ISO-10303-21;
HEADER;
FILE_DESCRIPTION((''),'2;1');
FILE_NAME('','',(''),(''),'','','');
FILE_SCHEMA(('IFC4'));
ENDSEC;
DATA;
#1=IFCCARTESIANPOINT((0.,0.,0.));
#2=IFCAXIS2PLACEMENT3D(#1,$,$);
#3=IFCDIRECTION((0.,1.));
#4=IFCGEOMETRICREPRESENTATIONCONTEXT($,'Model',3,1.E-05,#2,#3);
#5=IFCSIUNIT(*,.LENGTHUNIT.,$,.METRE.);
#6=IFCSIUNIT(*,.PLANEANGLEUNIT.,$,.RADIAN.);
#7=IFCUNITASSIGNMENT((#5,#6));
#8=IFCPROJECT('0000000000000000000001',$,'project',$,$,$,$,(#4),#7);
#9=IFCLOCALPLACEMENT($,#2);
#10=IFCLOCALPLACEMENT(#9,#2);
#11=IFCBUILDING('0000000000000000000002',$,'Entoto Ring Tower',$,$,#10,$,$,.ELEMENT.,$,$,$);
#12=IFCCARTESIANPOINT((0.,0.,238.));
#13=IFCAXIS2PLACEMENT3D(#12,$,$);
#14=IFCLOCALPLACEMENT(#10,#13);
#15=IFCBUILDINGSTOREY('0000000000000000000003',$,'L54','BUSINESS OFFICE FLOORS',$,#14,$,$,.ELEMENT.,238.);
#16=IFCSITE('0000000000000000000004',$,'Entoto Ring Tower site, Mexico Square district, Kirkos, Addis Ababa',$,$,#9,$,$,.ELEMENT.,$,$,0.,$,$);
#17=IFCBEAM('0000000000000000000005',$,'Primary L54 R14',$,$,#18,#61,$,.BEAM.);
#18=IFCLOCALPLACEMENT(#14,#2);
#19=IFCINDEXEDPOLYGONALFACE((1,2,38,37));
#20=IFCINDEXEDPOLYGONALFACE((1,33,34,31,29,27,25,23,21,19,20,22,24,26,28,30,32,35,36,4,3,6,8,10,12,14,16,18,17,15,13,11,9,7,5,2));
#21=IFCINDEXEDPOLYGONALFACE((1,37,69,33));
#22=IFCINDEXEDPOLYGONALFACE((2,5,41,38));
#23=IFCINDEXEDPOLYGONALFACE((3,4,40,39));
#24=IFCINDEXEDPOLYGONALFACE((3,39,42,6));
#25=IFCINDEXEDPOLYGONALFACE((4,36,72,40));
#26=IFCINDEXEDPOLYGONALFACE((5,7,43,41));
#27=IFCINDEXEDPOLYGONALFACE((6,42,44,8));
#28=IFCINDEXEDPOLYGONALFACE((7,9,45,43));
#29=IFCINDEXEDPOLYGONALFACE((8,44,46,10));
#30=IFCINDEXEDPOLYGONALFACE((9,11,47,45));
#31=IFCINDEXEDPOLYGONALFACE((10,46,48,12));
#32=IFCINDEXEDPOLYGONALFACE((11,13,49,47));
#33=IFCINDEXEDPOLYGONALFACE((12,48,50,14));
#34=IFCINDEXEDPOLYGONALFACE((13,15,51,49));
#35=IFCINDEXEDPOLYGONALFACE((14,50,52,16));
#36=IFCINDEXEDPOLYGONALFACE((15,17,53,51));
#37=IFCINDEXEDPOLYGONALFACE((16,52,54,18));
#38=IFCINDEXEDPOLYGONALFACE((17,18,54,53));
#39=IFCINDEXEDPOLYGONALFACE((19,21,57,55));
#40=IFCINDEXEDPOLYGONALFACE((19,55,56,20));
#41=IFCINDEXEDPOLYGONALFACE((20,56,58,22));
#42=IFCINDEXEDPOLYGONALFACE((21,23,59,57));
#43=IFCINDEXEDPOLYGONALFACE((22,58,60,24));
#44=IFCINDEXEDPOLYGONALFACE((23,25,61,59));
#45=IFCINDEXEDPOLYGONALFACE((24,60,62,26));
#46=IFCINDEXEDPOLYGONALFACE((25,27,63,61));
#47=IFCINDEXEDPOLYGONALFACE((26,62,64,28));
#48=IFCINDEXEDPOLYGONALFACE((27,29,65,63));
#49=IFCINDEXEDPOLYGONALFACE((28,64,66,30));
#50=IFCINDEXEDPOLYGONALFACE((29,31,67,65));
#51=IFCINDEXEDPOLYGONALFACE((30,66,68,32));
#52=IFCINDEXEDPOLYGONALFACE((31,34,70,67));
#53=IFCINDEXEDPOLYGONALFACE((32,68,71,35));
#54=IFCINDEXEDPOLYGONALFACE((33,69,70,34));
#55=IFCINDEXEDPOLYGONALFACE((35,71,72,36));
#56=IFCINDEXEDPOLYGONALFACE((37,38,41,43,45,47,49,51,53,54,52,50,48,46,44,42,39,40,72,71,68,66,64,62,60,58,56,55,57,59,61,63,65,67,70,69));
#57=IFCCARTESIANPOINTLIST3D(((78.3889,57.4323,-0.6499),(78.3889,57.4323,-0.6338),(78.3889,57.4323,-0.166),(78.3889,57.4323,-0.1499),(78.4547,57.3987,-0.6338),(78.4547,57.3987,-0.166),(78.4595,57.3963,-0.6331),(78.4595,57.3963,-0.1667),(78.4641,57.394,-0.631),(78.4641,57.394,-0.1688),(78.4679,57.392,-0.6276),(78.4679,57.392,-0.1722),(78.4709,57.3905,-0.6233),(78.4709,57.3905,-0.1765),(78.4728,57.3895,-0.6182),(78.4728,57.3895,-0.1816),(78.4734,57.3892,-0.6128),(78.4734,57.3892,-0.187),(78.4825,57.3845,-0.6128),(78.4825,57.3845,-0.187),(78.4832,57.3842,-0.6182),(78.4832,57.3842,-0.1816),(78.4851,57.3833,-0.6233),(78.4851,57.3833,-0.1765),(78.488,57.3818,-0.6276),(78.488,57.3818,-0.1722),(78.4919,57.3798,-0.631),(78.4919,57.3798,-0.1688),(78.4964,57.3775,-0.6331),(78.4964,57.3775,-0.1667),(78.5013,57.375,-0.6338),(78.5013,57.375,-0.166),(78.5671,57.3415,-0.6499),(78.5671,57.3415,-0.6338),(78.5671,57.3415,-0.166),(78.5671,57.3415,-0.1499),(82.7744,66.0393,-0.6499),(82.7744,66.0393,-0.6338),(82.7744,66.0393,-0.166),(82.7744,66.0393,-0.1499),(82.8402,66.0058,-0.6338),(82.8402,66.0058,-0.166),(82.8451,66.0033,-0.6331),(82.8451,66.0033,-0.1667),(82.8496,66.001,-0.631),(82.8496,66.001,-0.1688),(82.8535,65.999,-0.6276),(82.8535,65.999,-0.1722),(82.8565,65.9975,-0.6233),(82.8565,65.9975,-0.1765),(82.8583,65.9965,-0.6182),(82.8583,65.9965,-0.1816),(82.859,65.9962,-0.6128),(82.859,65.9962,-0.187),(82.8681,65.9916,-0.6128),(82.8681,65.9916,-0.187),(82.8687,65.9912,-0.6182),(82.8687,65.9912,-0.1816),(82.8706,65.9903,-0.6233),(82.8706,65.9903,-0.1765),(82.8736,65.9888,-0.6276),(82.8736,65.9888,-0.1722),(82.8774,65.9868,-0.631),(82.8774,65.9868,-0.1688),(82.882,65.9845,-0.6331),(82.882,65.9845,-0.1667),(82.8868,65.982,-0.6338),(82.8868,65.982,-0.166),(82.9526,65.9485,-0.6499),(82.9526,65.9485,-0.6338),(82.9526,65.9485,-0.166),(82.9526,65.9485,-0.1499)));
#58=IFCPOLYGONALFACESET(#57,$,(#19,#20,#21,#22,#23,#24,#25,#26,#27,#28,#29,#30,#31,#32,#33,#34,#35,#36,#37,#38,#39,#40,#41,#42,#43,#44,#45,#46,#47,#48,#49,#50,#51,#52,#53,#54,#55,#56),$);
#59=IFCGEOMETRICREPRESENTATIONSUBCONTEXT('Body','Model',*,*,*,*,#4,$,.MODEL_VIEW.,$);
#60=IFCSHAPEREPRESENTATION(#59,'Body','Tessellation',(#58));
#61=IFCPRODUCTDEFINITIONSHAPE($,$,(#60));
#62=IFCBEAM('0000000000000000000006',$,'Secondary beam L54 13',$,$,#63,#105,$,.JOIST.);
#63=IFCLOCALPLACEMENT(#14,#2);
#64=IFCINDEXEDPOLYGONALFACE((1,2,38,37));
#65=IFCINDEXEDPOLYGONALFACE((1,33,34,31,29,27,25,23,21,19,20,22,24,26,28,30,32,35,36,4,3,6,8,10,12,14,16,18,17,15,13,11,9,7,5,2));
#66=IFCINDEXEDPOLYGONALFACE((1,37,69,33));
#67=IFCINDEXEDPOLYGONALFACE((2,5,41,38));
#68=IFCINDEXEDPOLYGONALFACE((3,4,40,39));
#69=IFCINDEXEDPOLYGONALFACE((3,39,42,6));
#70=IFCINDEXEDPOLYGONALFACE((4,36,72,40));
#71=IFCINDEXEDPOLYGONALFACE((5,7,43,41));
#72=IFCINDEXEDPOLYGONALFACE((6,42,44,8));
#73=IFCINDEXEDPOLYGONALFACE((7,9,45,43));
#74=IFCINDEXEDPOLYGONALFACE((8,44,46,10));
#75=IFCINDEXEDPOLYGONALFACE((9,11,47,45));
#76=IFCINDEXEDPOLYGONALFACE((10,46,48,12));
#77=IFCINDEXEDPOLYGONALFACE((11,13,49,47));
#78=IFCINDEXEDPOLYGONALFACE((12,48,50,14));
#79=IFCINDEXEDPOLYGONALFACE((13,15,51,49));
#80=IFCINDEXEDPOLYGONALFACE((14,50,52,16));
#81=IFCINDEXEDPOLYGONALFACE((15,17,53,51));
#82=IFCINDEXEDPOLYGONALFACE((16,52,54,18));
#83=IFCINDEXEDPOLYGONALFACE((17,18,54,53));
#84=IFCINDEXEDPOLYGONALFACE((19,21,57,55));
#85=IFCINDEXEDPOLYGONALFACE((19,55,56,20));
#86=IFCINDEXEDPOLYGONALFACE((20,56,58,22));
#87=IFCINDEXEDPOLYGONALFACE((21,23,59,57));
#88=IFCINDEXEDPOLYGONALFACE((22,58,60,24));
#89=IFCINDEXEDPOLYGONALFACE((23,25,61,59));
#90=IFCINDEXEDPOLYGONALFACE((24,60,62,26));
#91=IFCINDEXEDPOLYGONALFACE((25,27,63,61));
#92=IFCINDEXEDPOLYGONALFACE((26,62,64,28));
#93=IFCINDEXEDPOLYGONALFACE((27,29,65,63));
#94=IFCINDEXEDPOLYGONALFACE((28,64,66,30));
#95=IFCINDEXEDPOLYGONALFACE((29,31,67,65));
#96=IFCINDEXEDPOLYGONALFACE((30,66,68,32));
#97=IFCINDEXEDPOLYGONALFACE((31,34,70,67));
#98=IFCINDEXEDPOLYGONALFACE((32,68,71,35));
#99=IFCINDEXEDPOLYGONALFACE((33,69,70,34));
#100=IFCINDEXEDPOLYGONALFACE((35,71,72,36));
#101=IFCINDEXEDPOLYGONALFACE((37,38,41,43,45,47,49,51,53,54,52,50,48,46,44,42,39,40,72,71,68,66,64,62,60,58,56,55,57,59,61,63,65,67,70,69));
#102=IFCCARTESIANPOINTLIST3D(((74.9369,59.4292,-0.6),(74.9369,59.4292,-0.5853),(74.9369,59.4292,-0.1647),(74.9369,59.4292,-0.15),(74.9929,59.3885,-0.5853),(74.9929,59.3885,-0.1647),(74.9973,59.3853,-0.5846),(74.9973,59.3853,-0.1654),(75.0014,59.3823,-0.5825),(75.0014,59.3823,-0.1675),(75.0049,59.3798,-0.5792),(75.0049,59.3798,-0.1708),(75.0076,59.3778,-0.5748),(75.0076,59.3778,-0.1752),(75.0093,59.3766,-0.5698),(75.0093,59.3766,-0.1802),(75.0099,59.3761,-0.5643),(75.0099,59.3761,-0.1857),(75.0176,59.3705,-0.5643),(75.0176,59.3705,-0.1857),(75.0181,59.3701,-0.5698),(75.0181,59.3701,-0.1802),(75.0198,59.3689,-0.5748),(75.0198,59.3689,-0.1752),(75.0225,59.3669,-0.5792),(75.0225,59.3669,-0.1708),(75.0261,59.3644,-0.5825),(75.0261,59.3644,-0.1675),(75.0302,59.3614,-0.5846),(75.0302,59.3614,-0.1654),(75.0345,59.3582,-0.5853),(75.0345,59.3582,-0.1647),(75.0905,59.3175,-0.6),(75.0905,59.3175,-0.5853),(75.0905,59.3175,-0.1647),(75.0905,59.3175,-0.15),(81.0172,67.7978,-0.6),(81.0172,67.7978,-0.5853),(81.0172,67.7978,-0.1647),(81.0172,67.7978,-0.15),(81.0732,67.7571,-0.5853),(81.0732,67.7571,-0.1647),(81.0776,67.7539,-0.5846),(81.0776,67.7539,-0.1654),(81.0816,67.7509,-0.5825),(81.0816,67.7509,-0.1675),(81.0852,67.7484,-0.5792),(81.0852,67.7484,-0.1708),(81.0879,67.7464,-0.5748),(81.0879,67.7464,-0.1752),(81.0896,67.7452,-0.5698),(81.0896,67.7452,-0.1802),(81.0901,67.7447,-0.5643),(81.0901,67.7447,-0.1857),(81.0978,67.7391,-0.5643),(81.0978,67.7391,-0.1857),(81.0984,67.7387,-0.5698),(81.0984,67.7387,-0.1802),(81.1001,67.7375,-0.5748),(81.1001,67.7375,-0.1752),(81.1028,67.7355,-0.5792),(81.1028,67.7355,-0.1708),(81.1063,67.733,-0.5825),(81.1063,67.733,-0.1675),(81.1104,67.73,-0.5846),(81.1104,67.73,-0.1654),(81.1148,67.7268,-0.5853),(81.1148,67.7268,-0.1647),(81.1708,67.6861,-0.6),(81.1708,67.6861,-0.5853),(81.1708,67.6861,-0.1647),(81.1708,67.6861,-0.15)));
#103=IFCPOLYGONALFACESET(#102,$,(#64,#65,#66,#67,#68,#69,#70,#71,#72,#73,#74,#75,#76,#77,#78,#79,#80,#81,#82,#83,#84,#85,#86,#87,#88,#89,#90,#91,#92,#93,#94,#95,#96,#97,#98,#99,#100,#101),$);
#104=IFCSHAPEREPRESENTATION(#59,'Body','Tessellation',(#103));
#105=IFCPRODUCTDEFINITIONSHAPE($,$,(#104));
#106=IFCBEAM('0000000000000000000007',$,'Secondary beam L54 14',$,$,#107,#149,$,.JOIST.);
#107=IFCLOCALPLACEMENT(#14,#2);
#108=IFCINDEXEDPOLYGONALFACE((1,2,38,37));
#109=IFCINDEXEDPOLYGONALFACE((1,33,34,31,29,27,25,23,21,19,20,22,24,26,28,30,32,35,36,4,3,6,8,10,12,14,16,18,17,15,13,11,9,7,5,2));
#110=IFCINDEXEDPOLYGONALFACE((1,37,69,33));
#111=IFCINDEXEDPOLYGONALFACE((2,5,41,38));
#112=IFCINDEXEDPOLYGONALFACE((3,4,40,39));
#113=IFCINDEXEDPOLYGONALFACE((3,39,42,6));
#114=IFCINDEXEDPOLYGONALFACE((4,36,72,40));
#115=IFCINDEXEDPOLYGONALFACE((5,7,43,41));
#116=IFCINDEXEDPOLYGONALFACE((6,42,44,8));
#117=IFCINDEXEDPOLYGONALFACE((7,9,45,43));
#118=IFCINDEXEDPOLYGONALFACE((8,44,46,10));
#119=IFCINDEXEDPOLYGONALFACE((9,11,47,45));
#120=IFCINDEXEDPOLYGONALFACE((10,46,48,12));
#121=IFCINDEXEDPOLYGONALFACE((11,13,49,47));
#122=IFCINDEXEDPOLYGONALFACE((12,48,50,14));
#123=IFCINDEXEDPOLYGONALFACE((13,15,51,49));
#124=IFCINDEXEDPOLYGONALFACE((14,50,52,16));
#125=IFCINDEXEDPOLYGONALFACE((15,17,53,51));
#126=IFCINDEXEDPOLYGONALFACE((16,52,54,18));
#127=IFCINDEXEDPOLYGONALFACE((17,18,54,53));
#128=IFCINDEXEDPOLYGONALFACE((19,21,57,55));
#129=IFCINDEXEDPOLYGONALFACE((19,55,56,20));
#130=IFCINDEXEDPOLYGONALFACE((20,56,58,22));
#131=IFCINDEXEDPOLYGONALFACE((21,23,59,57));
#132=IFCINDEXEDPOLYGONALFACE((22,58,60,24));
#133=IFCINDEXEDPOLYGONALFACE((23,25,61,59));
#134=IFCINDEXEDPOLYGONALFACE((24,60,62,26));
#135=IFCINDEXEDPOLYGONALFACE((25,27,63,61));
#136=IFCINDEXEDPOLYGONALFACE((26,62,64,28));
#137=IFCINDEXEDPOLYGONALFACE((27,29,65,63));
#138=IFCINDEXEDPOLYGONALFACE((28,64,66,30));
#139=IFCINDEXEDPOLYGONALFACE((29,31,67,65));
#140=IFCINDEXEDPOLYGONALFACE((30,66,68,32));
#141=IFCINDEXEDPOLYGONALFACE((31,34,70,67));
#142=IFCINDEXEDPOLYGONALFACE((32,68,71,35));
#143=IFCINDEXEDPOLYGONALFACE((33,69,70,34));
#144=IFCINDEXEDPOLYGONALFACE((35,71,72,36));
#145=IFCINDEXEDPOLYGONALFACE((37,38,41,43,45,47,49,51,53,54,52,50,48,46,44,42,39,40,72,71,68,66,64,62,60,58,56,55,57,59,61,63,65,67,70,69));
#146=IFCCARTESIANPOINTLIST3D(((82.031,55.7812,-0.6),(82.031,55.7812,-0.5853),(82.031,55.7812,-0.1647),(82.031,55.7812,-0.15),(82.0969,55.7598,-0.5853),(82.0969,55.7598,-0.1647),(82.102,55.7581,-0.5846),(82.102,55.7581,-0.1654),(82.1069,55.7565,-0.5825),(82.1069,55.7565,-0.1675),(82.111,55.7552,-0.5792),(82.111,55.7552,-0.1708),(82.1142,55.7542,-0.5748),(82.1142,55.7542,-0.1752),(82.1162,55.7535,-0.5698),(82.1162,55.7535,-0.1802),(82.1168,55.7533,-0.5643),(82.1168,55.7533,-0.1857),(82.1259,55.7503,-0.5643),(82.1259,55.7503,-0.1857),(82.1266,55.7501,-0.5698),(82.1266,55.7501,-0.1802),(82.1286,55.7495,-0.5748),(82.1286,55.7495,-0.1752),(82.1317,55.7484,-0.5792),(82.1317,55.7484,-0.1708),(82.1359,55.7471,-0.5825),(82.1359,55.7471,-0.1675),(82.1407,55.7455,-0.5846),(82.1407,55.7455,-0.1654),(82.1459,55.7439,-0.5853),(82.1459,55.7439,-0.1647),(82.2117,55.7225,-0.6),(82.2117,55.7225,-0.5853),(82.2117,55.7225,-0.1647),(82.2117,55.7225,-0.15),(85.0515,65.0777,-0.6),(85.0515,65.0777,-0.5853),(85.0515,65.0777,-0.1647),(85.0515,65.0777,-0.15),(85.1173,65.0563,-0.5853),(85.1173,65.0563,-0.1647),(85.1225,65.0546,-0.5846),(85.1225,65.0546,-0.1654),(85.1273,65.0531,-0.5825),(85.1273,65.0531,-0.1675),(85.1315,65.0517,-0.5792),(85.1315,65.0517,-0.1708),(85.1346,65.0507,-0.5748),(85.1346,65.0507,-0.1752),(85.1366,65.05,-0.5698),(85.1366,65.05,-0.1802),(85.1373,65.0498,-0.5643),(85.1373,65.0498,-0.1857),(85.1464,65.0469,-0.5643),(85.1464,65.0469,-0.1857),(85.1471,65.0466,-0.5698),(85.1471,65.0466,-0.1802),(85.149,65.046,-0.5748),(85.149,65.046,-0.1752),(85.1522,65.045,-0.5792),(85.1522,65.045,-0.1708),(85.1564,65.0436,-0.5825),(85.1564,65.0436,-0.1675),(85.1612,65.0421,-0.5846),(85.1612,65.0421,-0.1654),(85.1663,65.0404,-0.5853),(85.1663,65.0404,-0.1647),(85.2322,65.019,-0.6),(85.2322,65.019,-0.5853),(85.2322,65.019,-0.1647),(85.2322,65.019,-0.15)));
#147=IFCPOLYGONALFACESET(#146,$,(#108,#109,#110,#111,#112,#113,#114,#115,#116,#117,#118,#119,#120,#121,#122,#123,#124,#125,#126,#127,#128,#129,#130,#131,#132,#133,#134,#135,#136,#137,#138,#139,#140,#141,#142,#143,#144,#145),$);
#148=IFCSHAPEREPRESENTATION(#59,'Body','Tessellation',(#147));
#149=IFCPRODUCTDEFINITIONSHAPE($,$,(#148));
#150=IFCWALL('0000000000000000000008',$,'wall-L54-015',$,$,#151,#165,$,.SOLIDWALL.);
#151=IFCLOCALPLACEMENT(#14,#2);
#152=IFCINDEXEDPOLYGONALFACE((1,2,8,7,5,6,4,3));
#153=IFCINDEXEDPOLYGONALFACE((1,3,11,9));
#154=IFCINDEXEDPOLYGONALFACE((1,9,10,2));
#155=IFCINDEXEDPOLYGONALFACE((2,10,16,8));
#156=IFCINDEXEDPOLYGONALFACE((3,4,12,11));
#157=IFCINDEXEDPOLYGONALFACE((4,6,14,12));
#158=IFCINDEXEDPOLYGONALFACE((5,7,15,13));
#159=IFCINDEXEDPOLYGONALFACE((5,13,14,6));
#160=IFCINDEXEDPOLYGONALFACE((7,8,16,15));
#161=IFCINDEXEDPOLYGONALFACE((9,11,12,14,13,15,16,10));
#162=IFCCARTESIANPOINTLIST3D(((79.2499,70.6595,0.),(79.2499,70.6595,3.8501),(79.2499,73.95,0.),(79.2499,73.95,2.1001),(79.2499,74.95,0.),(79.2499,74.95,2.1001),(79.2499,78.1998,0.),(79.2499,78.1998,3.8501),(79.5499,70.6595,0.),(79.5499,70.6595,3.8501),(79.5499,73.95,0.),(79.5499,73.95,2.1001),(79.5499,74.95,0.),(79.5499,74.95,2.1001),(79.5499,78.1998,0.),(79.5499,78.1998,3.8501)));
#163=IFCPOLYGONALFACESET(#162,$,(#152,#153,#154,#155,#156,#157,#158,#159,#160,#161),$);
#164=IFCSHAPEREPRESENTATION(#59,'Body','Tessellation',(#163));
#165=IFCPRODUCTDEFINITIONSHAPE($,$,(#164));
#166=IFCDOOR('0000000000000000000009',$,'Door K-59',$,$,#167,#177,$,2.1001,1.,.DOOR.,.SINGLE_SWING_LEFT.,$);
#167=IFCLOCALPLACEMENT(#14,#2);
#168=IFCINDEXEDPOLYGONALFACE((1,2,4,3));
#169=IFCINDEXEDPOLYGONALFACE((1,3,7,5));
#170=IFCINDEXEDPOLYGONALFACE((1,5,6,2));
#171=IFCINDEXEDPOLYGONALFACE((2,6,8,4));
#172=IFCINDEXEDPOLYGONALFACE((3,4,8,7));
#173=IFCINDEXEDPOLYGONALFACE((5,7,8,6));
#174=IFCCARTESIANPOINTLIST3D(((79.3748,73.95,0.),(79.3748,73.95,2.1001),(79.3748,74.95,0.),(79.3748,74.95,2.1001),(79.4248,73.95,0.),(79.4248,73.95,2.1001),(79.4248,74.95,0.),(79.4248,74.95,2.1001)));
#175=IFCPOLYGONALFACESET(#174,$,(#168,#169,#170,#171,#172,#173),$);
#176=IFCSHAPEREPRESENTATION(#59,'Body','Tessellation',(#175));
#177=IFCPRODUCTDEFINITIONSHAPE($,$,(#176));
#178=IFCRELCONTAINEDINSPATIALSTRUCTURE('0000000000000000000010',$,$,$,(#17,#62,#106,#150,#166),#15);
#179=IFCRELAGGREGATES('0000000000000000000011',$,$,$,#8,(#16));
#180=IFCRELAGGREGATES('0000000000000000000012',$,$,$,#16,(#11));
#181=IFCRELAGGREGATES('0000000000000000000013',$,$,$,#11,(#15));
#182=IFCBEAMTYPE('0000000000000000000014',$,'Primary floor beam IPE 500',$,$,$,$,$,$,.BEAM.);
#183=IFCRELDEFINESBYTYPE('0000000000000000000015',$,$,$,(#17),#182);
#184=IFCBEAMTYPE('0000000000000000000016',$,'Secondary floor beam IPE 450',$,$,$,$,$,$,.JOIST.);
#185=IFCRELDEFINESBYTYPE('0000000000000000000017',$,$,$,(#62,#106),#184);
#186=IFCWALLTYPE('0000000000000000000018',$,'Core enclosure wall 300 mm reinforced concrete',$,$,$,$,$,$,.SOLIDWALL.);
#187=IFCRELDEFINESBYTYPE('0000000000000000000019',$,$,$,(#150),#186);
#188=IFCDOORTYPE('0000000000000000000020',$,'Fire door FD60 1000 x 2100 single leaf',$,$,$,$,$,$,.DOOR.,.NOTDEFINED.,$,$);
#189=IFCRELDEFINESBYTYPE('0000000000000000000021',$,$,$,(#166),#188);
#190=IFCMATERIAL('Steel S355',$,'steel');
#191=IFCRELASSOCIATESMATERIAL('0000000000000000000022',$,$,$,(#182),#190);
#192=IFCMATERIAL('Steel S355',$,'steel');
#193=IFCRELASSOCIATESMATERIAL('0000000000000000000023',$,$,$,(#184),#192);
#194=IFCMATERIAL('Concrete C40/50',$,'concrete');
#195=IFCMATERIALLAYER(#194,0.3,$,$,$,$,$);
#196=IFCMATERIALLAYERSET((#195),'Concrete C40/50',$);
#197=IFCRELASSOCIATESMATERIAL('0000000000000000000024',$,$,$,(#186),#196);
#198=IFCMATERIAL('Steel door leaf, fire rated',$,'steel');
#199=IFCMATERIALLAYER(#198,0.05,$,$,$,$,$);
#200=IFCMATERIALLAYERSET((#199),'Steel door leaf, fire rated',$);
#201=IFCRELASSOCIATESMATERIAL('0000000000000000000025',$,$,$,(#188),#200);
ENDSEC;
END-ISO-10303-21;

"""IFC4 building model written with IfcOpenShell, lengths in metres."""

from ifc_helpers import new_model, si_unit, direction, frame, frame_2d, origin, origin_2d, place, context, subcontext, project, spatial, rectangle, i_section, extrude, material, layer, layer_set, material_profile, profile_set, type_object, element, fill, save


model = new_model("IFC4")

# Units and contexts
model_context = context("Model", 3, precision=1e-05, world=origin(), true_north=direction((0.0, 1.0)))
body_context = subcontext(model_context, "Body", "Model", "MODEL_VIEW")
ifc_project = project(units=[si_unit("LENGTHUNIT", "METRE"), si_unit("PLANEANGLEUNIT", "RADIAN")], contexts=[model_context])

# Site, building, storey
site_placement = place(None, origin())
site = spatial("IfcSite", under=ifc_project, at=site_placement, Name="Entoto Ring Tower site, Mexico Square district, Kirkos, Addis Ababa", CompositionType="ELEMENT", RefElevation=0.0)
building_placement = place(site_placement, origin())
building = spatial("IfcBuilding", under=site, at=building_placement, Name="Entoto Ring Tower", CompositionType="ELEMENT")
storey_placement = place(building_placement, frame((0.0, 0.0, 238.0)))
storey = spatial("IfcBuildingStorey", under=building, at=storey_placement, Name="L54", Description="BUSINESS OFFICE FLOORS", CompositionType="ELEMENT", Elevation=238.0)

# Beams
ifc_material_1 = material(Name="Steel S355", Category="steel")
ifc_material_profile_1 = material_profile(ifc_material_1, i_section(OverallWidth=0.2, OverallDepth=0.5, WebThickness=0.0103, FlangeThickness=0.0161, FilletRadius=0.021, at=origin_2d()), Name="IPE 500")
ifc_profile_set_1 = profile_set([ifc_material_profile_1], Name="Steel S355")
beam_type_1 = type_object("IfcBeamType", Name="Primary floor beam IPE 500", PredefinedType="BEAM", material=ifc_profile_set_1)
beam_1_placement = place(storey_placement, frame((82.8635, 65.9939, -0.3999), z_axis=(-0.453994, -0.891005, 0.0), x_axis=(0.891005, -0.453994, 0.0)))
element("IfcBeam", 1, at=beam_1_placement, inside=storey, type_object=beam_type_1, Name="Primary L54 R14", PredefinedType="BEAM", context=body_context, shape_type="SweptSolid", body=[
    extrude(i_section(OverallWidth=0.2, OverallDepth=0.5, WebThickness=0.0103, FlangeThickness=0.0161, FilletRadius=0.021, at=origin_2d()), origin(), (0.0, 0.0, 1.0), 9.6599),
])
ifc_material_2 = material(Name="Steel S355", Category="steel")
ifc_material_profile_2 = material_profile(ifc_material_2, i_section(OverallWidth=0.1899, OverallDepth=0.45, WebThickness=0.0095, FlangeThickness=0.0146, FilletRadius=0.021, at=origin_2d()), Name="IPE 450")
ifc_profile_set_2 = profile_set([ifc_material_profile_2], Name="Steel S355")
beam_type_2 = type_object("IfcBeamType", Name="Secondary floor beam IPE 450", PredefinedType="JOIST", material=ifc_profile_set_2)
beam_2_placement = place(storey_placement, frame((81.094, 67.7419, -0.375), z_axis=(-0.587794, -0.809011, 0.0), x_axis=(0.809011, -0.587794, 0.0)))
element("IfcBeam", 2, at=beam_2_placement, inside=storey, type_object=beam_type_2, Name="Secondary beam L54 13", PredefinedType="JOIST", context=body_context, shape_type="SweptSolid", body=[
    extrude(i_section(OverallWidth=0.1899, OverallDepth=0.45, WebThickness=0.0095, FlangeThickness=0.0146, FilletRadius=0.021, at=origin_2d()), origin(), (0.0, 0.0, 1.0), 10.3442),
])
beam_3_placement = place(storey_placement, frame((85.1418, 65.0483, -0.375), z_axis=(-0.309003, -0.951061, 0.0), x_axis=(0.951061, -0.309003, 0.0)))
element("IfcBeam", 3, at=beam_3_placement, inside=storey, type_object=beam_type_2, Name="Secondary beam L54 14", PredefinedType="JOIST", context=body_context, shape_type="SweptSolid", body=[
    extrude(i_section(OverallWidth=0.1899, OverallDepth=0.45, WebThickness=0.0095, FlangeThickness=0.0146, FilletRadius=0.021, at=origin_2d()), origin(), (0.0, 0.0, 1.0), 9.7749),
])

# Wall, opening, door
ifc_material_3 = material(Name="Concrete C40/50", Category="concrete")
ifc_layer_1 = layer(ifc_material_3, 0.3)
ifc_layer_set_1 = layer_set([ifc_layer_1], Name="Concrete C40/50")
wall_type_1 = type_object("IfcWallType", Name="Core enclosure wall 300 mm reinforced concrete", PredefinedType="SOLIDWALL", material=ifc_layer_set_1)
wall_1_placement = place(storey_placement, frame((79.3999, 70.6597, 0.0), z_axis=(0.0, 0.0, 1.0), x_axis=(0.0, 1.0, 0.0)))
wall_1 = element("IfcWall", 4, at=wall_1_placement, inside=storey, type_object=wall_type_1, Name="wall-L54-015", PredefinedType="SOLIDWALL", context=body_context, shape_type="SweptSolid", body=[
    extrude(rectangle(XDim=7.5403, YDim=0.3, at=frame_2d((3.77, 0.0))), origin(), (0.0, 0.0, 1.0), 3.8501),
])
opening_1_placement = place(wall_1_placement, frame((3.2903, 0.0, 0.0)))
opening_1 = element("IfcOpeningElement", 5, at=opening_1_placement, cuts=wall_1, PredefinedType="OPENING", context=body_context, shape_type="SweptSolid", body=[
    extrude(rectangle(XDim=1.0, YDim=2.1001, at=frame_2d((0.5, 1.05))), frame((0.0, 0.1602, 0.0), z_axis=(0.0, -1.0, 0.0), x_axis=(1.0, 0.0, 0.0)), (0.0, 0.0, 1.0), 0.3201),
])
ifc_material_4 = material(Name="Steel door leaf, fire rated", Category="steel")
ifc_layer_2 = layer(ifc_material_4, 0.05)
ifc_layer_set_2 = layer_set([ifc_layer_2], Name="Steel door leaf, fire rated")
door_type_1 = type_object("IfcDoorType", Name="Fire door FD60 1000 x 2100 single leaf", OperationType="NOTDEFINED", PredefinedType="DOOR", material=ifc_layer_set_2)
door_1_placement = place(opening_1_placement, frame((1.0, 0.0, 0.0), z_axis=(0.0, 0.0, 1.0), x_axis=(-1.0, 0.0, 0.0)))
door_1 = element("IfcDoor", 6, at=door_1_placement, inside=storey, type_object=door_type_1, Name="Door K-59", OperationType="SINGLE_SWING_LEFT", OverallHeight=2.1001, OverallWidth=1.0, PredefinedType="DOOR", context=body_context, shape_type="SweptSolid", body=[
    extrude(rectangle(XDim=1.0, YDim=2.1001, at=frame_2d((0.5, 1.05))), frame((0.0, 0.0249, 0.0), z_axis=(0.0, -1.0, 0.0), x_axis=(1.0, 0.0, 0.0)), (0.0, 0.0, 1.0), 0.05),
])
fill(opening_1, door_1)

save(model, "model.ifc")
